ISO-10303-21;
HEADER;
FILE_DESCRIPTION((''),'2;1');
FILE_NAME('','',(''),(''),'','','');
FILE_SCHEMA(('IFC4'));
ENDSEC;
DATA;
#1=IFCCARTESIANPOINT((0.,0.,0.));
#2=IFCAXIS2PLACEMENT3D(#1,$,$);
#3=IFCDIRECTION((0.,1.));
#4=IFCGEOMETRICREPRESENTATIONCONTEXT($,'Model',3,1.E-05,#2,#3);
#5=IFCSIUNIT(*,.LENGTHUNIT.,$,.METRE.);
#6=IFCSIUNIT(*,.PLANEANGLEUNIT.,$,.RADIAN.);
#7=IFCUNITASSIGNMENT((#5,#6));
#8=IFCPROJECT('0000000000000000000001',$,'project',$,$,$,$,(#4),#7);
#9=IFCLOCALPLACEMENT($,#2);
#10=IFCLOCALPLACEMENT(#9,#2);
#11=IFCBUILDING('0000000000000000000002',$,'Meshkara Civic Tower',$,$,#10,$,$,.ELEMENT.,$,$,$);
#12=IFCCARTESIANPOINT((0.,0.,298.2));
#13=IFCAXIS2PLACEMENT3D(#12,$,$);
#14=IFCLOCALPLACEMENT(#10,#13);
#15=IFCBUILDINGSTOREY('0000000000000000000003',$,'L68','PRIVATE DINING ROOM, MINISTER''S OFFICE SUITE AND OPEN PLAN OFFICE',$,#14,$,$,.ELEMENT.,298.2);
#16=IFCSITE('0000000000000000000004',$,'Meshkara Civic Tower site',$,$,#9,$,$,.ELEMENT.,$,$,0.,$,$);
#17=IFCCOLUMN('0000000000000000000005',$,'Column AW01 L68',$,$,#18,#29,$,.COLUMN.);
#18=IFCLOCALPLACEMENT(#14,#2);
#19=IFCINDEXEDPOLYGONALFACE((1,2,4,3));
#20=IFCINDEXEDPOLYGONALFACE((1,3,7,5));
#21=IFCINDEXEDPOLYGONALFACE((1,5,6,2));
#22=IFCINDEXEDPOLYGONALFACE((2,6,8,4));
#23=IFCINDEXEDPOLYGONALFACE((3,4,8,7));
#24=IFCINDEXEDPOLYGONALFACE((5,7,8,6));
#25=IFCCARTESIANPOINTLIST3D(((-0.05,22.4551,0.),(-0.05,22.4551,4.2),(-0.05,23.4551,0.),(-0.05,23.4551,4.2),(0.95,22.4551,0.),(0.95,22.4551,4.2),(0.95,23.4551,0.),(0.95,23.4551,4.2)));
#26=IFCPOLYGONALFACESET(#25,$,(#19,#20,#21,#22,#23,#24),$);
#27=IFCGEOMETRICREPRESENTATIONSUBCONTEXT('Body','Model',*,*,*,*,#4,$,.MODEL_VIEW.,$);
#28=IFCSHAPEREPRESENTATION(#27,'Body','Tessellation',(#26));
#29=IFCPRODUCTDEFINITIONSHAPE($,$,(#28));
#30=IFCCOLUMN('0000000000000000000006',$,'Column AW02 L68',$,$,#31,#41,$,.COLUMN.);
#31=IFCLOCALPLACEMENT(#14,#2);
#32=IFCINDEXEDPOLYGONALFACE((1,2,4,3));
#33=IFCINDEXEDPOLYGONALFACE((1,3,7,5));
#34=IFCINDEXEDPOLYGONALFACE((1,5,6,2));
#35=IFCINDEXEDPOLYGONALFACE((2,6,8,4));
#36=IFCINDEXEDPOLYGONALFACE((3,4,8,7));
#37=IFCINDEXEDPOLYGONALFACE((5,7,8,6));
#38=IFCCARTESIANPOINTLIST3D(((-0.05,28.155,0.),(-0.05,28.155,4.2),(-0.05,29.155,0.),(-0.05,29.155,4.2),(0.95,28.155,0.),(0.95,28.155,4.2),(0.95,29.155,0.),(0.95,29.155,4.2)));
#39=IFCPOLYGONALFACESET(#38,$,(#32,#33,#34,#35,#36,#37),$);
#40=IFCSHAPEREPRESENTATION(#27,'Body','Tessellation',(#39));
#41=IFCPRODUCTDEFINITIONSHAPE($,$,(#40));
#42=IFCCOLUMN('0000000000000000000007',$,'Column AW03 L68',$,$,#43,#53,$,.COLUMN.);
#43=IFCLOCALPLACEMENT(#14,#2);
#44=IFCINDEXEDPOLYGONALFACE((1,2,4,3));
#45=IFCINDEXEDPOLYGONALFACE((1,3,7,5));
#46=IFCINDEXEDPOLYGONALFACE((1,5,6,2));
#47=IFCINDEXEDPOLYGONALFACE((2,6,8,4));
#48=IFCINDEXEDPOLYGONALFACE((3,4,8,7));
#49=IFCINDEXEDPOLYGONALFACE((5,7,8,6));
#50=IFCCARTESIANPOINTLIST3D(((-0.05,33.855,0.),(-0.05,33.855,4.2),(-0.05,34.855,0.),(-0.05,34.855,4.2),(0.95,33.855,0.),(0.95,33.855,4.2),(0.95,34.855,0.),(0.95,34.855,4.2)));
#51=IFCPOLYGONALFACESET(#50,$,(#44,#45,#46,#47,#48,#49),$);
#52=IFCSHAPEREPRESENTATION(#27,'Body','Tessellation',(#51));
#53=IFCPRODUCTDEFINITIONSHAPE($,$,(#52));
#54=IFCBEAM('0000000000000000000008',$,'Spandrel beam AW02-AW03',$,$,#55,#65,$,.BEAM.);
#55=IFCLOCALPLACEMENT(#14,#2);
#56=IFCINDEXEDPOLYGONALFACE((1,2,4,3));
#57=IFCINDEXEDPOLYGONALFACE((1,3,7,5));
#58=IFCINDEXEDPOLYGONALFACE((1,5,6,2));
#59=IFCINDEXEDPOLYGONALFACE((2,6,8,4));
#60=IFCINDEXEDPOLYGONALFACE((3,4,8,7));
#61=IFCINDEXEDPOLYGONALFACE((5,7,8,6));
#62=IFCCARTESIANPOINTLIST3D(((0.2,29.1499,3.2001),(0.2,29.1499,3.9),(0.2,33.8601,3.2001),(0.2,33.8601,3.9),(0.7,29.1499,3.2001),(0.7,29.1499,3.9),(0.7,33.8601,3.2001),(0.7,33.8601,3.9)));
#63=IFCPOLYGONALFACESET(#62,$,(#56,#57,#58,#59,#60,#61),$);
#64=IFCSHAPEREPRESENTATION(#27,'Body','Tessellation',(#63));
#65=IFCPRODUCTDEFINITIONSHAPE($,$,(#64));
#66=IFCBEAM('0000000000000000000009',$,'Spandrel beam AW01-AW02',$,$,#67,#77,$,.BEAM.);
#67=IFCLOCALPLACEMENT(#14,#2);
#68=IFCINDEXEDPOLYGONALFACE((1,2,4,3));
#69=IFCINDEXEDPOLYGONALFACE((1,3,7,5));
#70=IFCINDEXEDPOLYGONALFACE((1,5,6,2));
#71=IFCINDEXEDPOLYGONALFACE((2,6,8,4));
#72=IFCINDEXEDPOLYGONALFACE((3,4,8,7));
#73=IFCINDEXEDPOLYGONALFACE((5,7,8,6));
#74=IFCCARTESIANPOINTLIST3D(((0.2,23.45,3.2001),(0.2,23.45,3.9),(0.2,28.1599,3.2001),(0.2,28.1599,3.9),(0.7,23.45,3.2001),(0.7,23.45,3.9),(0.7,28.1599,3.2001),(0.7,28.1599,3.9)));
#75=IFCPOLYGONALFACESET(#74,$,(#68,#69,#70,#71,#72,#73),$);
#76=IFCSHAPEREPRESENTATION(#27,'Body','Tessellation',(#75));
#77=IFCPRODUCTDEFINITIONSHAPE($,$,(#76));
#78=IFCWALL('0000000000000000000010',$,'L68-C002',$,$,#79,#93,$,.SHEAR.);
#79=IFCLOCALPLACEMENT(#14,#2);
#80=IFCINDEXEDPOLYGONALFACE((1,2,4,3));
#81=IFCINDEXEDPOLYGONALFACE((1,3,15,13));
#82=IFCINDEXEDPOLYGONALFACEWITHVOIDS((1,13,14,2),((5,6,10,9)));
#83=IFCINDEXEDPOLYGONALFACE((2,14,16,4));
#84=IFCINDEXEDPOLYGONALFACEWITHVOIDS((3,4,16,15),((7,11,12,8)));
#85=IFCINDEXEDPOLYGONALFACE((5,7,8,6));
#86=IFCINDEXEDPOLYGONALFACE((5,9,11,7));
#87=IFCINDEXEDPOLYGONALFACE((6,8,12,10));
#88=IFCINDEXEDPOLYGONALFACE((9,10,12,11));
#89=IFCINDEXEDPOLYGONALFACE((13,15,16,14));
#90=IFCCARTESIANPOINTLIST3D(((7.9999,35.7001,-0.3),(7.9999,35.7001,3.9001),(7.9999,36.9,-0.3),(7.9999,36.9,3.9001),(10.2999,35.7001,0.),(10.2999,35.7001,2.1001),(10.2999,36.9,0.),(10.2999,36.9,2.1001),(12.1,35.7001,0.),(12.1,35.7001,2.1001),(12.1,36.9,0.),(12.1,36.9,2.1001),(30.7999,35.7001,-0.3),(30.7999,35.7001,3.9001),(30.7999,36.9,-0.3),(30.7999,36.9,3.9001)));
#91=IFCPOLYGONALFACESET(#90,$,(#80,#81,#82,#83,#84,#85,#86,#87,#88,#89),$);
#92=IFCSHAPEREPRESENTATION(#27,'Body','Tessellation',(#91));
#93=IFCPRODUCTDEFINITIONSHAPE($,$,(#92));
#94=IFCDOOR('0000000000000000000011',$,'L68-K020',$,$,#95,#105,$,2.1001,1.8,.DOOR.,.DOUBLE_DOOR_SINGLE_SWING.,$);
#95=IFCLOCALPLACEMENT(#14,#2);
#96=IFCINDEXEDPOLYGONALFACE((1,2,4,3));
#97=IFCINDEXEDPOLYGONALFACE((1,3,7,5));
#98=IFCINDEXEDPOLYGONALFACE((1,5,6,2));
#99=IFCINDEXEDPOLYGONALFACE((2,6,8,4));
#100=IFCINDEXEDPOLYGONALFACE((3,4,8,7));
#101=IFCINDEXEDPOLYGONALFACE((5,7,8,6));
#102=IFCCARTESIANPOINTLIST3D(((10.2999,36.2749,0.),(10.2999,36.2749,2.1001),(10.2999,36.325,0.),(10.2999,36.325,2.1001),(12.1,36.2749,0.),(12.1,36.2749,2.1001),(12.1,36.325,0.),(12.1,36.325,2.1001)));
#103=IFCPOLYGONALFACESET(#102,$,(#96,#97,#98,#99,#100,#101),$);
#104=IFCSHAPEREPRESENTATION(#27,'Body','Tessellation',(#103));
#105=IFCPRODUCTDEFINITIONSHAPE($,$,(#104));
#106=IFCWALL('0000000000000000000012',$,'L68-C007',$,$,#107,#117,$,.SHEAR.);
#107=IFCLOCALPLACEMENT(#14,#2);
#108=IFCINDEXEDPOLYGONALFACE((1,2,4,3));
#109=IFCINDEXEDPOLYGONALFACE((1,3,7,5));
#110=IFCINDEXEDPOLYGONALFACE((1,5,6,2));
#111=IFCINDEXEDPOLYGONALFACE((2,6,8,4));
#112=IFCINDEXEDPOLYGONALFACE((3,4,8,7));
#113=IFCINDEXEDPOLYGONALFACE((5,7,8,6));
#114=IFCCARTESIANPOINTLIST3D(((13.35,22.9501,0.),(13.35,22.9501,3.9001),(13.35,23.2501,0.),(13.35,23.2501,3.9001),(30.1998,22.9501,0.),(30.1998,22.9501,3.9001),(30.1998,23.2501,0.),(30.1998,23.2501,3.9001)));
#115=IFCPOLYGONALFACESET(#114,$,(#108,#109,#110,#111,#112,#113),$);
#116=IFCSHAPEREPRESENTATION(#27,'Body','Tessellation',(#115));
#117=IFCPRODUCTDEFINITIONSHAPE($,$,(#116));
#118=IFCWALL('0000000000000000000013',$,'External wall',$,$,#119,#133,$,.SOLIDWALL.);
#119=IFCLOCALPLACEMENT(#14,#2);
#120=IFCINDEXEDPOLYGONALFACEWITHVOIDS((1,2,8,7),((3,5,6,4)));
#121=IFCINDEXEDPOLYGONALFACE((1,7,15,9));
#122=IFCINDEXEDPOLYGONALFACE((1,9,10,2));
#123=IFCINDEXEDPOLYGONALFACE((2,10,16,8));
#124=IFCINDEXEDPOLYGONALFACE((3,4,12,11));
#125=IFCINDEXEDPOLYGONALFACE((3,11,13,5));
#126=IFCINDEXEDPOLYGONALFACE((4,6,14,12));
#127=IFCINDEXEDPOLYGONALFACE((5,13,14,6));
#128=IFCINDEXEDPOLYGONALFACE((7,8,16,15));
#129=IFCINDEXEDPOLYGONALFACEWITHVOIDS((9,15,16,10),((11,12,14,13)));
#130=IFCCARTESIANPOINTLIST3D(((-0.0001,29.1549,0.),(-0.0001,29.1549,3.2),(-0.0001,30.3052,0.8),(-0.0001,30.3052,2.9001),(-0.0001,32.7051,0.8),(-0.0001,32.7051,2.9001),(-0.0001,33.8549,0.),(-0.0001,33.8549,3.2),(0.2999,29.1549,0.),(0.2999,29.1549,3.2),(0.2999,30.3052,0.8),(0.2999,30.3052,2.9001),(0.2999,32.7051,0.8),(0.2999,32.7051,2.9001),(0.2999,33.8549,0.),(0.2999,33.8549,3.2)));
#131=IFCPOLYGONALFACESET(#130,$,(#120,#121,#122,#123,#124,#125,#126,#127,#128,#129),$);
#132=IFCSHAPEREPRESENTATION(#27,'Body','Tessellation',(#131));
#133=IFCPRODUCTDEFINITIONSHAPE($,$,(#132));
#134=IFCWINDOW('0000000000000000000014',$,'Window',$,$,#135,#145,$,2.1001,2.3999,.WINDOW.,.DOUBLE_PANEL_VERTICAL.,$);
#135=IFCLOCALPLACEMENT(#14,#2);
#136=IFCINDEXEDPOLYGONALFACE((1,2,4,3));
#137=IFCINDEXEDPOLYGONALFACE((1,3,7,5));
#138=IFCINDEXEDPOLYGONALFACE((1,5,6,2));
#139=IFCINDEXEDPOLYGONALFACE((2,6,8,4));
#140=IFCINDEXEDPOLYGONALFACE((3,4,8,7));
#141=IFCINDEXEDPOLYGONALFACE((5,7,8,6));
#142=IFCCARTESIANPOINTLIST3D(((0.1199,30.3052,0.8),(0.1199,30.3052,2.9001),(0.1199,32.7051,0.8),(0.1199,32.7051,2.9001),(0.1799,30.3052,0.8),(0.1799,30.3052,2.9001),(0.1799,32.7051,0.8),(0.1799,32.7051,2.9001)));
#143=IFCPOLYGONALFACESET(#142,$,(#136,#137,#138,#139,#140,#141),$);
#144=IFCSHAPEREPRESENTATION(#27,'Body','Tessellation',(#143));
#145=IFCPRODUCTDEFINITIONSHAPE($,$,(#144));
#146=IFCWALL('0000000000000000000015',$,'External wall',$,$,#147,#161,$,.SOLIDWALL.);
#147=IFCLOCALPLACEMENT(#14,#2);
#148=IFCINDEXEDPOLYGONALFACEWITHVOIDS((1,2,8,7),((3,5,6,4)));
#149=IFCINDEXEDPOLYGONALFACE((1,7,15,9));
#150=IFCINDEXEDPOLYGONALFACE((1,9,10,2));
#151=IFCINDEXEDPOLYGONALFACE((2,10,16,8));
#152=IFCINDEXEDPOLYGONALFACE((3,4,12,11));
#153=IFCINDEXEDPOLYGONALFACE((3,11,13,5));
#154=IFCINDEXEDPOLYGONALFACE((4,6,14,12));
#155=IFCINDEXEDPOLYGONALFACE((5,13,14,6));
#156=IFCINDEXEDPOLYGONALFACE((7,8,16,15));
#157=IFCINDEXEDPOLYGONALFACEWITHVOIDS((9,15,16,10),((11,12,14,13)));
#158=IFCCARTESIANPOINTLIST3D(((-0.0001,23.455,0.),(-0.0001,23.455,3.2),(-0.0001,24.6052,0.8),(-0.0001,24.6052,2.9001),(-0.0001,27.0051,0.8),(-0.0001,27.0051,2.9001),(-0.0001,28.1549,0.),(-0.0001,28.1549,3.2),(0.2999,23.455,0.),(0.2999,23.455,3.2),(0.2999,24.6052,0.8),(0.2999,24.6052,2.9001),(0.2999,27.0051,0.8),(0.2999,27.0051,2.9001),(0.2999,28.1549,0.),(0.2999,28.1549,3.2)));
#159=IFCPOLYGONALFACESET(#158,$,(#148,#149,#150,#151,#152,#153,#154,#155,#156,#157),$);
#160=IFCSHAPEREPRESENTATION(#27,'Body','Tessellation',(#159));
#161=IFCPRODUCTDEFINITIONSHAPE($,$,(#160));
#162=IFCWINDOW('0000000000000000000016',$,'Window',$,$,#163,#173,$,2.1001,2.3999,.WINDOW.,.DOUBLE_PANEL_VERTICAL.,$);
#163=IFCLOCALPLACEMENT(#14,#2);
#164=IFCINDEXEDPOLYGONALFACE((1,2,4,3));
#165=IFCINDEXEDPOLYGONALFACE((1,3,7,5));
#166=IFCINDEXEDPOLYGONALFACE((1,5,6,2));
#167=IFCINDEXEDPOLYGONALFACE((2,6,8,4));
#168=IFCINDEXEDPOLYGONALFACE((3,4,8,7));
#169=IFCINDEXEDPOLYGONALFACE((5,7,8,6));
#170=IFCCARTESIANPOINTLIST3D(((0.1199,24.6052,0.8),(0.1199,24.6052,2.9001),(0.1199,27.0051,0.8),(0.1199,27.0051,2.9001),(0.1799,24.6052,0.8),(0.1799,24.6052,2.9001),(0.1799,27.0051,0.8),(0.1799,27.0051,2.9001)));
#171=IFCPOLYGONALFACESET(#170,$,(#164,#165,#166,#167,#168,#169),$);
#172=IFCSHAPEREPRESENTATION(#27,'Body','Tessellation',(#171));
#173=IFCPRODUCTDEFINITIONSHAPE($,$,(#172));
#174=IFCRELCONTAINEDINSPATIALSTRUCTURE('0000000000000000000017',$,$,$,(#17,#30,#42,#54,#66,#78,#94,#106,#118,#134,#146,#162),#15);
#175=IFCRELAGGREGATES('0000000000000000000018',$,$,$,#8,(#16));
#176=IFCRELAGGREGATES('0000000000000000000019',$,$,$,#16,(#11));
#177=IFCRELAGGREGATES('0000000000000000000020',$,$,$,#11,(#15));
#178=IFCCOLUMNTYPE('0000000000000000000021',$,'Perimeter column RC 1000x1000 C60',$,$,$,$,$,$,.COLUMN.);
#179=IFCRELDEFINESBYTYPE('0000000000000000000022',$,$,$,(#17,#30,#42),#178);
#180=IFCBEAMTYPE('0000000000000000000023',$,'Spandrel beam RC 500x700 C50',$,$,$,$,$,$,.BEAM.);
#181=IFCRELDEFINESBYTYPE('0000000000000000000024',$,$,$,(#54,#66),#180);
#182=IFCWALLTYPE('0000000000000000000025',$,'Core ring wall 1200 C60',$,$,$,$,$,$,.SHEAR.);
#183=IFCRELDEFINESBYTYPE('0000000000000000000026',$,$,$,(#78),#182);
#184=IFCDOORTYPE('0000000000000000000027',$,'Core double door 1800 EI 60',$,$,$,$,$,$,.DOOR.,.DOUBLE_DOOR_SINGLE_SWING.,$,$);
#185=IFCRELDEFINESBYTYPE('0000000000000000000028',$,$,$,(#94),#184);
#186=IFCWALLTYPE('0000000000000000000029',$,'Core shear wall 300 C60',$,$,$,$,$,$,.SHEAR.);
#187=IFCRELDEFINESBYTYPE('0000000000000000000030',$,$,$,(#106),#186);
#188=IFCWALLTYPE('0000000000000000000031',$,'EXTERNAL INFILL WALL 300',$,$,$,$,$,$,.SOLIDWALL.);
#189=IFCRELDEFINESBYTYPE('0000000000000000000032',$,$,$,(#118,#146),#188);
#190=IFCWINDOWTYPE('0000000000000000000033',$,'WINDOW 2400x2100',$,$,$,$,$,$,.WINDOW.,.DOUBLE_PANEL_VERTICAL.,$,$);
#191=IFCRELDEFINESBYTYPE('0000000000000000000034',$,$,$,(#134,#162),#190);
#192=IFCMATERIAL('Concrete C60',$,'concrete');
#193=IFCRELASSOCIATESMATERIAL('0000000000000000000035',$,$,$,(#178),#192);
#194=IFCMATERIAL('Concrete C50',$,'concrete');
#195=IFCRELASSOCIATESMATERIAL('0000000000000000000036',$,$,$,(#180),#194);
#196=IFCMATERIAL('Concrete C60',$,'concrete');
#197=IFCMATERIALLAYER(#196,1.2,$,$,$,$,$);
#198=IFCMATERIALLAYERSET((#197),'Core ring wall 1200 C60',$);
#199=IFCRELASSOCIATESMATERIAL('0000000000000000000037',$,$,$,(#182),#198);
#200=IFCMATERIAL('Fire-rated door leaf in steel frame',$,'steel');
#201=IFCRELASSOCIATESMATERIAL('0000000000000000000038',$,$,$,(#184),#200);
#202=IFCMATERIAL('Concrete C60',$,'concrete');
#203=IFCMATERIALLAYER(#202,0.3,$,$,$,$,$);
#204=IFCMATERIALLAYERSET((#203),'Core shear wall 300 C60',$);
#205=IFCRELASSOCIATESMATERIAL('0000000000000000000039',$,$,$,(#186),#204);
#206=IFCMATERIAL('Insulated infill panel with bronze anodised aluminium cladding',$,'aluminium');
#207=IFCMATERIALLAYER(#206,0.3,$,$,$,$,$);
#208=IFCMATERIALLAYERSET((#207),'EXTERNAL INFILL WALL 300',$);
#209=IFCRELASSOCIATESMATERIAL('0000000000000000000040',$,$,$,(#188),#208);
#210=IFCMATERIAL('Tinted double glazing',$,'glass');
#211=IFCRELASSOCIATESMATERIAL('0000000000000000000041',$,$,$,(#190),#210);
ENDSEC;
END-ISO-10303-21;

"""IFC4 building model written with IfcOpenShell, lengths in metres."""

from ifc_helpers import new_model, si_unit, direction, frame, frame_2d, origin, origin_2d, place, context, subcontext, project, spatial, rectangle, extrude, material, layer, layer_set, material_profile, profile_set, type_object, element, fill, save


model = new_model("IFC4")

# Units and contexts
model_context = context("Model", 3, precision=1e-05, world=origin(), true_north=direction((0.0, 1.0)))
body_context = subcontext(model_context, "Body", "Model", "MODEL_VIEW")
ifc_project = project(units=[si_unit("LENGTHUNIT", "METRE"), si_unit("PLANEANGLEUNIT", "RADIAN")], contexts=[model_context])

# Site, building, storey
site_placement = place(None, origin())
site = spatial("IfcSite", under=ifc_project, at=site_placement, Name="Meshkara Civic Tower site", CompositionType="ELEMENT", RefElevation=0.0)
building_placement = place(site_placement, origin())
building = spatial("IfcBuilding", under=site, at=building_placement, Name="Meshkara Civic Tower", CompositionType="ELEMENT")
storey_placement = place(building_placement, frame((0.0, 0.0, 298.2)))
storey = spatial("IfcBuildingStorey", under=building, at=storey_placement, Name="L68", Description="PRIVATE DINING ROOM, MINISTER'S OFFICE SUITE AND OPEN PLAN OFFICE", CompositionType="ELEMENT", Elevation=298.2)

# Columns
ifc_material_1 = material(Name="Concrete C60", Category="concrete")
ifc_material_profile_1 = material_profile(ifc_material_1, rectangle(XDim=1.0, YDim=1.0, at=origin_2d()))
ifc_profile_set_1 = profile_set([ifc_material_profile_1], Name="Concrete C60")
column_type = type_object("IfcColumnType", Name="Perimeter column RC 1000x1000 C60", PredefinedType="COLUMN", material=ifc_profile_set_1)
for number, where, z_axis, x_axis, name in (
    (1, (0.45, 22.9551, 0.0), (0.0, 0.0, 1.0), (1.0, 0.0, 0.0), "Column AW01 L68"),
    (2, (0.45, 28.655, 0.0), (0.0, 0.0, 1.0), (1.0, 0.0, 0.0), "Column AW02 L68"),
    (3, (0.45, 34.355, 0.0), (0.0, 0.0, 1.0), (1.0, 0.0, 0.0), "Column AW03 L68"),
):
    element("IfcColumn", number, at=place(storey_placement, frame(where, z_axis=z_axis, x_axis=x_axis)), inside=storey, type_object=column_type, Name=name, PredefinedType="COLUMN", context=body_context, shape_type="SweptSolid", body=[
        extrude(rectangle(XDim=1.0, YDim=1.0, at=origin_2d()), origin(), (0.0, 0.0, 1.0), 4.2),
    ])

# Beams
ifc_material_2 = material(Name="Concrete C50", Category="concrete")
ifc_material_profile_2 = material_profile(ifc_material_2, rectangle(XDim=0.5, YDim=0.7, at=origin_2d()))
ifc_profile_set_2 = profile_set([ifc_material_profile_2], Name="Concrete C50")
beam_type = type_object("IfcBeamType", Name="Spandrel beam RC 500x700 C50", PredefinedType="BEAM", material=ifc_profile_set_2)
beam_1_placement = place(storey_placement, frame((0.45, 33.8601, 3.55), z_axis=(0.0, -1.0, 0.0), x_axis=(1.0, 0.0, 0.0)))
element("IfcBeam", 4, at=beam_1_placement, inside=storey, type_object=beam_type, Name="Spandrel beam AW02-AW03", PredefinedType="BEAM", context=body_context, shape_type="SweptSolid", body=[
    extrude(rectangle(XDim=0.5, YDim=0.7, at=origin_2d()), origin(), (0.0, 0.0, 1.0), 4.7102),
])
beam_2_placement = place(storey_placement, frame((0.45, 28.1599, 3.55), z_axis=(0.0, -1.0, 0.0), x_axis=(1.0, 0.0, 0.0)))
element("IfcBeam", 5, at=beam_2_placement, inside=storey, type_object=beam_type, Name="Spandrel beam AW01-AW02", PredefinedType="BEAM", context=body_context, shape_type="SweptSolid", body=[
    extrude(rectangle(XDim=0.5, YDim=0.7, at=origin_2d()), origin(), (0.0, 0.0, 1.0), 4.71),
])

# Wall, opening, door
ifc_material_3 = material(Name="Concrete C60", Category="concrete")
ifc_layer_1 = layer(ifc_material_3, 1.2)
ifc_layer_set_1 = layer_set([ifc_layer_1], Name="Core ring wall 1200 C60")
wall_type_1 = type_object("IfcWallType", Name="Core ring wall 1200 C60", PredefinedType="SHEAR", material=ifc_layer_set_1)
wall_1_placement = place(storey_placement, frame((8.0, 36.3, -0.3), z_axis=(0.0, 0.0, 1.0), x_axis=(1.0, 0.0, 0.0)))
wall_1 = element("IfcWall", 6, at=wall_1_placement, inside=storey, type_object=wall_type_1, Name="L68-C002", PredefinedType="SHEAR", context=body_context, shape_type="SweptSolid", body=[
    extrude(rectangle(XDim=22.8, YDim=1.2, at=frame_2d((11.3999, 0.0))), origin(), (0.0, 0.0, 1.0), 4.2002),
])
opening_1_placement = place(wall_1_placement, frame((2.3, 0.0, 0.3)))
opening_1 = element("IfcOpeningElement", 7, at=opening_1_placement, cuts=wall_1, PredefinedType="OPENING", context=body_context, shape_type="SweptSolid", body=[
    extrude(rectangle(XDim=1.8, YDim=2.1001, at=frame_2d((0.8999, 1.05))), frame((0.0, 0.6099, 0.0), z_axis=(0.0, -1.0, 0.0), x_axis=(1.0, 0.0, 0.0)), (0.0, 0.0, 1.0), 1.22),
])
ifc_material_4 = material(Name="Fire-rated door leaf in steel frame", Category="steel")
door_type_1 = type_object("IfcDoorType", Name="Core double door 1800 EI 60", OperationType="DOUBLE_DOOR_SINGLE_SWING", PredefinedType="DOOR", material=ifc_material_4)
door_1_placement = place(opening_1_placement, origin())
door_1 = element("IfcDoor", 8, at=door_1_placement, inside=storey, type_object=door_type_1, Name="L68-K020", OperationType="DOUBLE_DOOR_SINGLE_SWING", OverallHeight=2.1001, OverallWidth=1.8, PredefinedType="DOOR", context=body_context, shape_type="SweptSolid", body=[
    extrude(rectangle(XDim=1.8, YDim=2.1001, at=frame_2d((0.8999, 1.05))), frame((0.0, 0.0249, 0.0), z_axis=(0.0, -1.0, 0.0), x_axis=(1.0, 0.0, 0.0)), (0.0, 0.0, 1.0), 0.05),
])
fill(opening_1, door_1)

# Wall
ifc_material_5 = material(Name="Concrete C60", Category="concrete")
ifc_layer_2 = layer(ifc_material_5, 0.3)
ifc_layer_set_2 = layer_set([ifc_layer_2], Name="Core shear wall 300 C60")
wall_type_2 = type_object("IfcWallType", Name="Core shear wall 300 C60", PredefinedType="SHEAR", material=ifc_layer_set_2)
wall_2_placement = place(storey_placement, frame((13.3501, 23.1001, 0.0), z_axis=(0.0, 0.0, 1.0), x_axis=(1.0, 0.0, 0.0)))
element("IfcWall", 9, at=wall_2_placement, inside=storey, type_object=wall_type_2, Name="L68-C007", PredefinedType="SHEAR", context=body_context, shape_type="SweptSolid", body=[
    extrude(rectangle(XDim=16.8499, YDim=0.3, at=frame_2d((8.4248, 0.0))), origin(), (0.0, 0.0, 1.0), 3.9001),
])

# Walls, openings, windows
ifc_material_6 = material(Name="Insulated infill panel with bronze anodised aluminium cladding", Category="aluminium")
ifc_layer_3 = layer(ifc_material_6, 0.3)
ifc_layer_set_3 = layer_set([ifc_layer_3], Name="EXTERNAL INFILL WALL 300")
wall_type_3 = type_object("IfcWallType", Name="EXTERNAL INFILL WALL 300", PredefinedType="SOLIDWALL", material=ifc_layer_set_3)
wall_3_placement = place(storey_placement, frame((0.1499, 33.855, 0.0), z_axis=(0.0, 0.0, 1.0), x_axis=(0.0, -1.0, 0.0)))
wall_3 = element("IfcWall", 10, at=wall_3_placement, inside=storey, type_object=wall_type_3, Name="External wall", PredefinedType="SOLIDWALL", context=body_context, shape_type="SweptSolid", body=[
    extrude(rectangle(XDim=4.7, YDim=0.3, at=frame_2d((2.3501, 0.0))), origin(), (0.0, 0.0, 1.0), 3.2),
])
opening_2_placement = place(wall_3_placement, frame((1.1499, 0.0, 0.8)))
opening_2 = element("IfcOpeningElement", 11, at=opening_2_placement, cuts=wall_3, PredefinedType="OPENING", context=body_context, shape_type="SweptSolid", body=[
    extrude(rectangle(XDim=2.3999, YDim=2.1001, at=frame_2d((1.2, 1.05))), frame((0.0, 0.1599, 0.0), z_axis=(0.0, -1.0, 0.0), x_axis=(1.0, 0.0, 0.0)), (0.0, 0.0, 1.0), 0.3201),
])
ifc_material_7 = material(Name="Tinted double glazing", Category="glass")
window_type = type_object("IfcWindowType", Name="WINDOW 2400x2100", PartitioningType="DOUBLE_PANEL_VERTICAL", PredefinedType="WINDOW", material=ifc_material_7)
window_1_placement = place(opening_2_placement, origin())
window_1 = element("IfcWindow", 12, at=window_1_placement, inside=storey, type_object=window_type, Name="Window", OverallHeight=2.1001, OverallWidth=2.3999, PartitioningType="DOUBLE_PANEL_VERTICAL", PredefinedType="WINDOW", context=body_context, shape_type="SweptSolid", body=[
    extrude(rectangle(XDim=2.3999, YDim=2.1001, at=frame_2d((1.2, 1.05))), frame((0.0, 0.03, 0.0), z_axis=(0.0, -1.0, 0.0), x_axis=(1.0, 0.0, 0.0)), (0.0, 0.0, 1.0), 0.0601),
])
fill(opening_2, window_1)
wall_4_placement = place(storey_placement, frame((0.1499, 28.155, 0.0), z_axis=(0.0, 0.0, 1.0), x_axis=(0.0, -1.0, 0.0)))
wall_4 = element("IfcWall", 13, at=wall_4_placement, inside=storey, type_object=wall_type_3, Name="External wall", PredefinedType="SOLIDWALL", context=body_context, shape_type="SweptSolid", body=[
    extrude(rectangle(XDim=4.7, YDim=0.3, at=frame_2d((2.3501, 0.0))), origin(), (0.0, 0.0, 1.0), 3.2),
])
opening_3_placement = place(wall_4_placement, frame((1.1499, 0.0, 0.8)))
opening_3 = element("IfcOpeningElement", 14, at=opening_3_placement, cuts=wall_4, PredefinedType="OPENING", context=body_context, shape_type="SweptSolid", body=[
    extrude(rectangle(XDim=2.3999, YDim=2.1001, at=frame_2d((1.2, 1.05))), frame((0.0, 0.1599, 0.0), z_axis=(0.0, -1.0, 0.0), x_axis=(1.0, 0.0, 0.0)), (0.0, 0.0, 1.0), 0.3201),
])
window_2_placement = place(opening_3_placement, origin())
window_2 = element("IfcWindow", 15, at=window_2_placement, inside=storey, type_object=window_type, Name="Window", OverallHeight=2.1001, OverallWidth=2.3999, PartitioningType="DOUBLE_PANEL_VERTICAL", PredefinedType="WINDOW", context=body_context, shape_type="SweptSolid", body=[
    extrude(rectangle(XDim=2.3999, YDim=2.1001, at=frame_2d((1.2, 1.05))), frame((0.0, 0.03, 0.0), z_axis=(0.0, -1.0, 0.0), x_axis=(1.0, 0.0, 0.0)), (0.0, 0.0, 1.0), 0.0601),
])
fill(opening_3, window_2)

save(model, "model.ifc")
